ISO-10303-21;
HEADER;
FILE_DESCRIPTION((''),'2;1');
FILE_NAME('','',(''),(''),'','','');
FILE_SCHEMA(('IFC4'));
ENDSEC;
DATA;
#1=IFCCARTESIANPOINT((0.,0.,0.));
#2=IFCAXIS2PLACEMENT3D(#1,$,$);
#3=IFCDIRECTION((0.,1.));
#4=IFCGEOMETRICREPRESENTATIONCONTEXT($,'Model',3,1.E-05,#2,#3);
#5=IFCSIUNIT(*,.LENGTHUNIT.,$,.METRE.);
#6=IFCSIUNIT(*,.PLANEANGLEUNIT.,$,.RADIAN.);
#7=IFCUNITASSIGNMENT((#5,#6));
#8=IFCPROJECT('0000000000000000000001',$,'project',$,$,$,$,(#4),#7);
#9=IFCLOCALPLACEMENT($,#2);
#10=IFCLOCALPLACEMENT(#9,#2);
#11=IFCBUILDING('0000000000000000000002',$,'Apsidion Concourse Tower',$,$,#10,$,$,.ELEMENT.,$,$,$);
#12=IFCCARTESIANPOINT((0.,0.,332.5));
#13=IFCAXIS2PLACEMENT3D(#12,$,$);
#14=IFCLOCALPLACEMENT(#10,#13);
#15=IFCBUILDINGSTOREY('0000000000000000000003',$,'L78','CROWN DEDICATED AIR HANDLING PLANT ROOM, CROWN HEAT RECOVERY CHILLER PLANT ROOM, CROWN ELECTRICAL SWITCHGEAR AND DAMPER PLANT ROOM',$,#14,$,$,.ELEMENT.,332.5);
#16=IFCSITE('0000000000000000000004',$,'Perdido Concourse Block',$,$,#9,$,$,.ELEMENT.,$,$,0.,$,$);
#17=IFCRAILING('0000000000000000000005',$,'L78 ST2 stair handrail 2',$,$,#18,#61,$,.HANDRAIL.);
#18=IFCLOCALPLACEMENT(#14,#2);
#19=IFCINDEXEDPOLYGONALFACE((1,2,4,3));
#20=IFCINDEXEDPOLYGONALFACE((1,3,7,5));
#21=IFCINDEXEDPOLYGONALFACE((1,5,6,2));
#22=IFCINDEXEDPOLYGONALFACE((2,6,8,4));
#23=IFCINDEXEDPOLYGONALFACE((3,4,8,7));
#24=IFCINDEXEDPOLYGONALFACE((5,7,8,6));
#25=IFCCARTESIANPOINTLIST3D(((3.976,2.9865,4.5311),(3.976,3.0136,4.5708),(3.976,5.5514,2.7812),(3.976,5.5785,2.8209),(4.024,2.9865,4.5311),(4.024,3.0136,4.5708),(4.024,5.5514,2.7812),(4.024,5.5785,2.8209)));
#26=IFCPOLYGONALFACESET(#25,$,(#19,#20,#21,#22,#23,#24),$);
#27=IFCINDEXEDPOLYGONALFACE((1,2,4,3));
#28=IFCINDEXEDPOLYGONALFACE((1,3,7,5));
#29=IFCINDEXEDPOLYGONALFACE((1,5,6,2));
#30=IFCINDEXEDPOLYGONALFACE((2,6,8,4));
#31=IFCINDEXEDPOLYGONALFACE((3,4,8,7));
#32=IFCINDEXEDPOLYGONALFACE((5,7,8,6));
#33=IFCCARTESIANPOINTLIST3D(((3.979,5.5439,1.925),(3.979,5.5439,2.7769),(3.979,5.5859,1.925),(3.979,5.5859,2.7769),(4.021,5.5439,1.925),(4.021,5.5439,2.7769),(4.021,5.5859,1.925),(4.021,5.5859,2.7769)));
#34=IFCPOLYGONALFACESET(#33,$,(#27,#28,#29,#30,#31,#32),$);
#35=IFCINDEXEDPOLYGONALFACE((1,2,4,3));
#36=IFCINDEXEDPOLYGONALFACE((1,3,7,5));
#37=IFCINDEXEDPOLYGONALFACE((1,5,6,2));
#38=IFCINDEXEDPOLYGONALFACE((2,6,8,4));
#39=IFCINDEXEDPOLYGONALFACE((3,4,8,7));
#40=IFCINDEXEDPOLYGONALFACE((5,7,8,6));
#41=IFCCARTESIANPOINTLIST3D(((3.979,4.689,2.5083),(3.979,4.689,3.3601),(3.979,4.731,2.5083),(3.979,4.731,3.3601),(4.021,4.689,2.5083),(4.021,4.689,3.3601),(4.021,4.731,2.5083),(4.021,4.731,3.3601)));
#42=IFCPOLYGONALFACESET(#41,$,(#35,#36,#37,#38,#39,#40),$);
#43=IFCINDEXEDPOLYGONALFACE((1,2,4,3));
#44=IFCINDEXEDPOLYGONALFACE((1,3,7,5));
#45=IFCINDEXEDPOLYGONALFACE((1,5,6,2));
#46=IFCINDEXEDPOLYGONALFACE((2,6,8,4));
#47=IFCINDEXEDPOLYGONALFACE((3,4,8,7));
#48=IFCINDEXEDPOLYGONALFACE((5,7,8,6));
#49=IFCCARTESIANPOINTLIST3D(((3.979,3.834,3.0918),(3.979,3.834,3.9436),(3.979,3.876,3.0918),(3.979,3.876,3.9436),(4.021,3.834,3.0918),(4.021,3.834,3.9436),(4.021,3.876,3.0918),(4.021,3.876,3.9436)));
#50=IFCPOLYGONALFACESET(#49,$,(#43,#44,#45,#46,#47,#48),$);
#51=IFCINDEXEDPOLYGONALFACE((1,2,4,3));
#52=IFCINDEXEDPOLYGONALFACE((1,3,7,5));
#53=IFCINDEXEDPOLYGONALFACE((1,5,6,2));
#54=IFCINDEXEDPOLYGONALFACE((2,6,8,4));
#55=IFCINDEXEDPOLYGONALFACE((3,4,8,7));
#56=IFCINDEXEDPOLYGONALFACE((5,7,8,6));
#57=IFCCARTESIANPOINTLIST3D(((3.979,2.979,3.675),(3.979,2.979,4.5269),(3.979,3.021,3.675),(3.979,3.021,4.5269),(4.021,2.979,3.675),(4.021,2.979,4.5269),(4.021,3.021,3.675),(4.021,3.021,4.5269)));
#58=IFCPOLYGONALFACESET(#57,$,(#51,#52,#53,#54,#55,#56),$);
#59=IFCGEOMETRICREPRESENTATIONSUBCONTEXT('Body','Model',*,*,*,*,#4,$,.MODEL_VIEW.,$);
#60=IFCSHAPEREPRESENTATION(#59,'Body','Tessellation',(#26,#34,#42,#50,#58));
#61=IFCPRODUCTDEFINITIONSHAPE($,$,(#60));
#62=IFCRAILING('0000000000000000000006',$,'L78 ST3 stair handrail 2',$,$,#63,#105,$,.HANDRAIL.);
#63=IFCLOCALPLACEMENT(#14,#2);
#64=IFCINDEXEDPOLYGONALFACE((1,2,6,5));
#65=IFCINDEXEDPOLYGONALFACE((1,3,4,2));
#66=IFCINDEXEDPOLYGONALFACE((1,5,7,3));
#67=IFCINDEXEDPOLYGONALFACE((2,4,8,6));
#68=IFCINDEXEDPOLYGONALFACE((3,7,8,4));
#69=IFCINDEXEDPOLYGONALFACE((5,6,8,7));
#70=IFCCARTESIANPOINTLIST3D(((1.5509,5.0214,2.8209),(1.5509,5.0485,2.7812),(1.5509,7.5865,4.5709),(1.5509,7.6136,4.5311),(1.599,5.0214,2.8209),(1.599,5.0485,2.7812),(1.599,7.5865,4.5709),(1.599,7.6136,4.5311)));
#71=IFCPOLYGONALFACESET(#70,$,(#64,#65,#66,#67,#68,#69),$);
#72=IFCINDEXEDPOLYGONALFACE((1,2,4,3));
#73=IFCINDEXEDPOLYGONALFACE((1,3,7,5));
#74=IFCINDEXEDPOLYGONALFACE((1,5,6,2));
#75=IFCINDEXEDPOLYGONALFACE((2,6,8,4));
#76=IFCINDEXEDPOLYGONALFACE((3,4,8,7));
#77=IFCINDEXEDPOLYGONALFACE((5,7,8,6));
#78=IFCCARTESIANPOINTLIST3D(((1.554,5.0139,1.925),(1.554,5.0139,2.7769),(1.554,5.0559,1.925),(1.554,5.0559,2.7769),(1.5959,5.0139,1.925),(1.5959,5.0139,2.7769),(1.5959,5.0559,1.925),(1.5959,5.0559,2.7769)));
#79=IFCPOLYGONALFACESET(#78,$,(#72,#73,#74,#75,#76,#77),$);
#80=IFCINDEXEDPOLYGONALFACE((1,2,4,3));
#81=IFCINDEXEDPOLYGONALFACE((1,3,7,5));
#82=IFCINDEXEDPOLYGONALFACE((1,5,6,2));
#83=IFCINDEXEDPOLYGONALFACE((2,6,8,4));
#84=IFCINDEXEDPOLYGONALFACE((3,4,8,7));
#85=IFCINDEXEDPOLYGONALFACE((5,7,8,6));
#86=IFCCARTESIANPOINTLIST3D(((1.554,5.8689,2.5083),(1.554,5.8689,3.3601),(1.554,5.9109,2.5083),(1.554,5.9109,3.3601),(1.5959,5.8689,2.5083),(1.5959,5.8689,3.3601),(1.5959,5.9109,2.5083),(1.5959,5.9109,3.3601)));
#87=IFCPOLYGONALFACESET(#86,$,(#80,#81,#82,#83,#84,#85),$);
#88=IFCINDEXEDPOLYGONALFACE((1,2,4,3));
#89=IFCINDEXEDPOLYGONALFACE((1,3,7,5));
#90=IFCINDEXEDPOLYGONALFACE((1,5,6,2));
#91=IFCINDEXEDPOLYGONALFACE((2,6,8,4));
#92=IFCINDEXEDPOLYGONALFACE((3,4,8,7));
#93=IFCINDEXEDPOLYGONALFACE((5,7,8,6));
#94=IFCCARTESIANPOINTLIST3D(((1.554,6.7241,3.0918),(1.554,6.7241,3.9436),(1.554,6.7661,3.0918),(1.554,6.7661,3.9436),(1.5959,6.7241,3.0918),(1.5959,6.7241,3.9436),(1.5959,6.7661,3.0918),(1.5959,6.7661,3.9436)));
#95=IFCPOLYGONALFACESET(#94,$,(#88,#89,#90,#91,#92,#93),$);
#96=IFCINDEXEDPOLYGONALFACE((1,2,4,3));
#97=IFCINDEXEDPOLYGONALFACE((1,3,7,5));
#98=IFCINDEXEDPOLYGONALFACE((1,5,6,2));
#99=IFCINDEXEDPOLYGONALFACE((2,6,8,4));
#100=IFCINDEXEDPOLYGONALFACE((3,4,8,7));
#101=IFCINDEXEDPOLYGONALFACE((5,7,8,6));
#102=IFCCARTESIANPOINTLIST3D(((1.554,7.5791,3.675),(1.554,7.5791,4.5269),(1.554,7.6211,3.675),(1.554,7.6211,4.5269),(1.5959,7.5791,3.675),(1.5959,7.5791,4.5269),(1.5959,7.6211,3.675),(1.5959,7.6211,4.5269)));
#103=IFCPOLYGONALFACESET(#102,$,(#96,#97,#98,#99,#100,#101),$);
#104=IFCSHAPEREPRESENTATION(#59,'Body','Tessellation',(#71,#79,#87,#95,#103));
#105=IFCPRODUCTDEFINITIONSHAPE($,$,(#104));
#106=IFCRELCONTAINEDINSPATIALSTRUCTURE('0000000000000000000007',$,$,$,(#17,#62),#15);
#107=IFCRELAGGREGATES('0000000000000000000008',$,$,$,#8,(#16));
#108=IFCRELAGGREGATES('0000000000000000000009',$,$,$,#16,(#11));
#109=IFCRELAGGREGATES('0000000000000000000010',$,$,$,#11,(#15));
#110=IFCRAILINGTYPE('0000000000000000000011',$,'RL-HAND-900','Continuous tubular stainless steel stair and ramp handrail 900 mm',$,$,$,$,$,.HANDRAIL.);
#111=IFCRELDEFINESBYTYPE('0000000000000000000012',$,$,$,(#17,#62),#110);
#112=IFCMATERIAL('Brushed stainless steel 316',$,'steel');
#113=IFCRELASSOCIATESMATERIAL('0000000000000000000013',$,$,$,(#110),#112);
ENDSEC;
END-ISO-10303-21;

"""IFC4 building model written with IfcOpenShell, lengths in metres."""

from ifc_helpers import new_model, si_unit, direction, frame, origin, origin_2d, place, context, subcontext, project, spatial, rectangle, extrude, material, type_object, element, save


model = new_model("IFC4")

# Units and contexts
model_context = context("Model", 3, precision=1e-05, world=origin(), true_north=direction((0.0, 1.0)))
body_context = subcontext(model_context, "Body", "Model", "MODEL_VIEW")
ifc_project = project(units=[si_unit("LENGTHUNIT", "METRE"), si_unit("PLANEANGLEUNIT", "RADIAN")], contexts=[model_context])

# Site, building, storey
site_placement = place(None, origin())
site = spatial("IfcSite", under=ifc_project, at=site_placement, Name="Perdido Concourse Block", CompositionType="ELEMENT", RefElevation=0.0)
building_placement = place(site_placement, origin())
building = spatial("IfcBuilding", under=site, at=building_placement, Name="Apsidion Concourse Tower", CompositionType="ELEMENT")
storey_placement = place(building_placement, frame((0.0, 0.0, 332.5)))
storey = spatial("IfcBuildingStorey", under=building, at=storey_placement, Name="L78", Description="CROWN DEDICATED AIR HANDLING PLANT ROOM, CROWN HEAT RECOVERY CHILLER PLANT ROOM, CROWN ELECTRICAL SWITCHGEAR AND DAMPER PLANT ROOM", CompositionType="ELEMENT", Elevation=332.5)

# Railings
ifc_material_1 = material(Name="Brushed stainless steel 316", Category="steel")
railing_type_1 = type_object("IfcRailingType", Name="RL-HAND-900", Description="Continuous tubular stainless steel stair and ramp handrail 900 mm", PredefinedType="HANDRAIL", material=ifc_material_1)
railing_1_placement = place(storey_placement, frame((4.0, 5.5649, 1.925)))
element("IfcRailing", 1, at=railing_1_placement, inside=storey, type_object=railing_type_1, Name="L78 ST2 stair handrail 2", PredefinedType="HANDRAIL", context=body_context, shape_type="SweptSolid", body=[
    extrude(rectangle(XDim=0.0481, YDim=0.0481, at=origin_2d()), frame((0.0, 0.0, 0.876), z_axis=(0.0, -0.826051, 0.563595), x_axis=(1.0, 0.0, 0.0)), (0.0, 0.0, 1.0), 3.105),
    extrude(rectangle(XDim=0.042, YDim=0.042, at=origin_2d()), origin(), (0.0, 0.0, 1.0), 0.8518),
    extrude(rectangle(XDim=0.042, YDim=0.042, at=origin_2d()), frame((0.0, -0.855, 0.5833)), (0.0, 0.0, 1.0), 0.8518),
    extrude(rectangle(XDim=0.042, YDim=0.042, at=origin_2d()), frame((0.0, -1.71, 1.1667)), (0.0, 0.0, 1.0), 0.8518),
    extrude(rectangle(XDim=0.042, YDim=0.042, at=origin_2d()), frame((0.0, -2.5649, 1.75)), (0.0, 0.0, 1.0), 0.8518),
])
railing_2_placement = place(storey_placement, frame((1.575, 5.0349, 1.925)))
element("IfcRailing", 2, at=railing_2_placement, inside=storey, type_object=railing_type_1, Name="L78 ST3 stair handrail 2", PredefinedType="HANDRAIL", context=body_context, shape_type="SweptSolid", body=[
    extrude(rectangle(XDim=0.0481, YDim=0.0481, at=origin_2d()), frame((0.0, 0.0, 0.876), z_axis=(0.0, 0.826076, 0.563559), x_axis=(-1.0, 0.0, 0.0)), (0.0, 0.0, 1.0), 3.1052),
    extrude(rectangle(XDim=0.042, YDim=0.042, at=origin_2d()), origin(), (0.0, 0.0, 1.0), 0.8518),
    extrude(rectangle(XDim=0.042, YDim=0.042, at=origin_2d()), frame((0.0, 0.855, 0.5833)), (0.0, 0.0, 1.0), 0.8518),
    extrude(rectangle(XDim=0.042, YDim=0.042, at=origin_2d()), frame((0.0, 1.7102, 1.1667)), (0.0, 0.0, 1.0), 0.8518),
    extrude(rectangle(XDim=0.042, YDim=0.042, at=origin_2d()), frame((0.0, 2.5652, 1.75)), (0.0, 0.0, 1.0), 0.8518),
])

save(model, "model.ifc")
